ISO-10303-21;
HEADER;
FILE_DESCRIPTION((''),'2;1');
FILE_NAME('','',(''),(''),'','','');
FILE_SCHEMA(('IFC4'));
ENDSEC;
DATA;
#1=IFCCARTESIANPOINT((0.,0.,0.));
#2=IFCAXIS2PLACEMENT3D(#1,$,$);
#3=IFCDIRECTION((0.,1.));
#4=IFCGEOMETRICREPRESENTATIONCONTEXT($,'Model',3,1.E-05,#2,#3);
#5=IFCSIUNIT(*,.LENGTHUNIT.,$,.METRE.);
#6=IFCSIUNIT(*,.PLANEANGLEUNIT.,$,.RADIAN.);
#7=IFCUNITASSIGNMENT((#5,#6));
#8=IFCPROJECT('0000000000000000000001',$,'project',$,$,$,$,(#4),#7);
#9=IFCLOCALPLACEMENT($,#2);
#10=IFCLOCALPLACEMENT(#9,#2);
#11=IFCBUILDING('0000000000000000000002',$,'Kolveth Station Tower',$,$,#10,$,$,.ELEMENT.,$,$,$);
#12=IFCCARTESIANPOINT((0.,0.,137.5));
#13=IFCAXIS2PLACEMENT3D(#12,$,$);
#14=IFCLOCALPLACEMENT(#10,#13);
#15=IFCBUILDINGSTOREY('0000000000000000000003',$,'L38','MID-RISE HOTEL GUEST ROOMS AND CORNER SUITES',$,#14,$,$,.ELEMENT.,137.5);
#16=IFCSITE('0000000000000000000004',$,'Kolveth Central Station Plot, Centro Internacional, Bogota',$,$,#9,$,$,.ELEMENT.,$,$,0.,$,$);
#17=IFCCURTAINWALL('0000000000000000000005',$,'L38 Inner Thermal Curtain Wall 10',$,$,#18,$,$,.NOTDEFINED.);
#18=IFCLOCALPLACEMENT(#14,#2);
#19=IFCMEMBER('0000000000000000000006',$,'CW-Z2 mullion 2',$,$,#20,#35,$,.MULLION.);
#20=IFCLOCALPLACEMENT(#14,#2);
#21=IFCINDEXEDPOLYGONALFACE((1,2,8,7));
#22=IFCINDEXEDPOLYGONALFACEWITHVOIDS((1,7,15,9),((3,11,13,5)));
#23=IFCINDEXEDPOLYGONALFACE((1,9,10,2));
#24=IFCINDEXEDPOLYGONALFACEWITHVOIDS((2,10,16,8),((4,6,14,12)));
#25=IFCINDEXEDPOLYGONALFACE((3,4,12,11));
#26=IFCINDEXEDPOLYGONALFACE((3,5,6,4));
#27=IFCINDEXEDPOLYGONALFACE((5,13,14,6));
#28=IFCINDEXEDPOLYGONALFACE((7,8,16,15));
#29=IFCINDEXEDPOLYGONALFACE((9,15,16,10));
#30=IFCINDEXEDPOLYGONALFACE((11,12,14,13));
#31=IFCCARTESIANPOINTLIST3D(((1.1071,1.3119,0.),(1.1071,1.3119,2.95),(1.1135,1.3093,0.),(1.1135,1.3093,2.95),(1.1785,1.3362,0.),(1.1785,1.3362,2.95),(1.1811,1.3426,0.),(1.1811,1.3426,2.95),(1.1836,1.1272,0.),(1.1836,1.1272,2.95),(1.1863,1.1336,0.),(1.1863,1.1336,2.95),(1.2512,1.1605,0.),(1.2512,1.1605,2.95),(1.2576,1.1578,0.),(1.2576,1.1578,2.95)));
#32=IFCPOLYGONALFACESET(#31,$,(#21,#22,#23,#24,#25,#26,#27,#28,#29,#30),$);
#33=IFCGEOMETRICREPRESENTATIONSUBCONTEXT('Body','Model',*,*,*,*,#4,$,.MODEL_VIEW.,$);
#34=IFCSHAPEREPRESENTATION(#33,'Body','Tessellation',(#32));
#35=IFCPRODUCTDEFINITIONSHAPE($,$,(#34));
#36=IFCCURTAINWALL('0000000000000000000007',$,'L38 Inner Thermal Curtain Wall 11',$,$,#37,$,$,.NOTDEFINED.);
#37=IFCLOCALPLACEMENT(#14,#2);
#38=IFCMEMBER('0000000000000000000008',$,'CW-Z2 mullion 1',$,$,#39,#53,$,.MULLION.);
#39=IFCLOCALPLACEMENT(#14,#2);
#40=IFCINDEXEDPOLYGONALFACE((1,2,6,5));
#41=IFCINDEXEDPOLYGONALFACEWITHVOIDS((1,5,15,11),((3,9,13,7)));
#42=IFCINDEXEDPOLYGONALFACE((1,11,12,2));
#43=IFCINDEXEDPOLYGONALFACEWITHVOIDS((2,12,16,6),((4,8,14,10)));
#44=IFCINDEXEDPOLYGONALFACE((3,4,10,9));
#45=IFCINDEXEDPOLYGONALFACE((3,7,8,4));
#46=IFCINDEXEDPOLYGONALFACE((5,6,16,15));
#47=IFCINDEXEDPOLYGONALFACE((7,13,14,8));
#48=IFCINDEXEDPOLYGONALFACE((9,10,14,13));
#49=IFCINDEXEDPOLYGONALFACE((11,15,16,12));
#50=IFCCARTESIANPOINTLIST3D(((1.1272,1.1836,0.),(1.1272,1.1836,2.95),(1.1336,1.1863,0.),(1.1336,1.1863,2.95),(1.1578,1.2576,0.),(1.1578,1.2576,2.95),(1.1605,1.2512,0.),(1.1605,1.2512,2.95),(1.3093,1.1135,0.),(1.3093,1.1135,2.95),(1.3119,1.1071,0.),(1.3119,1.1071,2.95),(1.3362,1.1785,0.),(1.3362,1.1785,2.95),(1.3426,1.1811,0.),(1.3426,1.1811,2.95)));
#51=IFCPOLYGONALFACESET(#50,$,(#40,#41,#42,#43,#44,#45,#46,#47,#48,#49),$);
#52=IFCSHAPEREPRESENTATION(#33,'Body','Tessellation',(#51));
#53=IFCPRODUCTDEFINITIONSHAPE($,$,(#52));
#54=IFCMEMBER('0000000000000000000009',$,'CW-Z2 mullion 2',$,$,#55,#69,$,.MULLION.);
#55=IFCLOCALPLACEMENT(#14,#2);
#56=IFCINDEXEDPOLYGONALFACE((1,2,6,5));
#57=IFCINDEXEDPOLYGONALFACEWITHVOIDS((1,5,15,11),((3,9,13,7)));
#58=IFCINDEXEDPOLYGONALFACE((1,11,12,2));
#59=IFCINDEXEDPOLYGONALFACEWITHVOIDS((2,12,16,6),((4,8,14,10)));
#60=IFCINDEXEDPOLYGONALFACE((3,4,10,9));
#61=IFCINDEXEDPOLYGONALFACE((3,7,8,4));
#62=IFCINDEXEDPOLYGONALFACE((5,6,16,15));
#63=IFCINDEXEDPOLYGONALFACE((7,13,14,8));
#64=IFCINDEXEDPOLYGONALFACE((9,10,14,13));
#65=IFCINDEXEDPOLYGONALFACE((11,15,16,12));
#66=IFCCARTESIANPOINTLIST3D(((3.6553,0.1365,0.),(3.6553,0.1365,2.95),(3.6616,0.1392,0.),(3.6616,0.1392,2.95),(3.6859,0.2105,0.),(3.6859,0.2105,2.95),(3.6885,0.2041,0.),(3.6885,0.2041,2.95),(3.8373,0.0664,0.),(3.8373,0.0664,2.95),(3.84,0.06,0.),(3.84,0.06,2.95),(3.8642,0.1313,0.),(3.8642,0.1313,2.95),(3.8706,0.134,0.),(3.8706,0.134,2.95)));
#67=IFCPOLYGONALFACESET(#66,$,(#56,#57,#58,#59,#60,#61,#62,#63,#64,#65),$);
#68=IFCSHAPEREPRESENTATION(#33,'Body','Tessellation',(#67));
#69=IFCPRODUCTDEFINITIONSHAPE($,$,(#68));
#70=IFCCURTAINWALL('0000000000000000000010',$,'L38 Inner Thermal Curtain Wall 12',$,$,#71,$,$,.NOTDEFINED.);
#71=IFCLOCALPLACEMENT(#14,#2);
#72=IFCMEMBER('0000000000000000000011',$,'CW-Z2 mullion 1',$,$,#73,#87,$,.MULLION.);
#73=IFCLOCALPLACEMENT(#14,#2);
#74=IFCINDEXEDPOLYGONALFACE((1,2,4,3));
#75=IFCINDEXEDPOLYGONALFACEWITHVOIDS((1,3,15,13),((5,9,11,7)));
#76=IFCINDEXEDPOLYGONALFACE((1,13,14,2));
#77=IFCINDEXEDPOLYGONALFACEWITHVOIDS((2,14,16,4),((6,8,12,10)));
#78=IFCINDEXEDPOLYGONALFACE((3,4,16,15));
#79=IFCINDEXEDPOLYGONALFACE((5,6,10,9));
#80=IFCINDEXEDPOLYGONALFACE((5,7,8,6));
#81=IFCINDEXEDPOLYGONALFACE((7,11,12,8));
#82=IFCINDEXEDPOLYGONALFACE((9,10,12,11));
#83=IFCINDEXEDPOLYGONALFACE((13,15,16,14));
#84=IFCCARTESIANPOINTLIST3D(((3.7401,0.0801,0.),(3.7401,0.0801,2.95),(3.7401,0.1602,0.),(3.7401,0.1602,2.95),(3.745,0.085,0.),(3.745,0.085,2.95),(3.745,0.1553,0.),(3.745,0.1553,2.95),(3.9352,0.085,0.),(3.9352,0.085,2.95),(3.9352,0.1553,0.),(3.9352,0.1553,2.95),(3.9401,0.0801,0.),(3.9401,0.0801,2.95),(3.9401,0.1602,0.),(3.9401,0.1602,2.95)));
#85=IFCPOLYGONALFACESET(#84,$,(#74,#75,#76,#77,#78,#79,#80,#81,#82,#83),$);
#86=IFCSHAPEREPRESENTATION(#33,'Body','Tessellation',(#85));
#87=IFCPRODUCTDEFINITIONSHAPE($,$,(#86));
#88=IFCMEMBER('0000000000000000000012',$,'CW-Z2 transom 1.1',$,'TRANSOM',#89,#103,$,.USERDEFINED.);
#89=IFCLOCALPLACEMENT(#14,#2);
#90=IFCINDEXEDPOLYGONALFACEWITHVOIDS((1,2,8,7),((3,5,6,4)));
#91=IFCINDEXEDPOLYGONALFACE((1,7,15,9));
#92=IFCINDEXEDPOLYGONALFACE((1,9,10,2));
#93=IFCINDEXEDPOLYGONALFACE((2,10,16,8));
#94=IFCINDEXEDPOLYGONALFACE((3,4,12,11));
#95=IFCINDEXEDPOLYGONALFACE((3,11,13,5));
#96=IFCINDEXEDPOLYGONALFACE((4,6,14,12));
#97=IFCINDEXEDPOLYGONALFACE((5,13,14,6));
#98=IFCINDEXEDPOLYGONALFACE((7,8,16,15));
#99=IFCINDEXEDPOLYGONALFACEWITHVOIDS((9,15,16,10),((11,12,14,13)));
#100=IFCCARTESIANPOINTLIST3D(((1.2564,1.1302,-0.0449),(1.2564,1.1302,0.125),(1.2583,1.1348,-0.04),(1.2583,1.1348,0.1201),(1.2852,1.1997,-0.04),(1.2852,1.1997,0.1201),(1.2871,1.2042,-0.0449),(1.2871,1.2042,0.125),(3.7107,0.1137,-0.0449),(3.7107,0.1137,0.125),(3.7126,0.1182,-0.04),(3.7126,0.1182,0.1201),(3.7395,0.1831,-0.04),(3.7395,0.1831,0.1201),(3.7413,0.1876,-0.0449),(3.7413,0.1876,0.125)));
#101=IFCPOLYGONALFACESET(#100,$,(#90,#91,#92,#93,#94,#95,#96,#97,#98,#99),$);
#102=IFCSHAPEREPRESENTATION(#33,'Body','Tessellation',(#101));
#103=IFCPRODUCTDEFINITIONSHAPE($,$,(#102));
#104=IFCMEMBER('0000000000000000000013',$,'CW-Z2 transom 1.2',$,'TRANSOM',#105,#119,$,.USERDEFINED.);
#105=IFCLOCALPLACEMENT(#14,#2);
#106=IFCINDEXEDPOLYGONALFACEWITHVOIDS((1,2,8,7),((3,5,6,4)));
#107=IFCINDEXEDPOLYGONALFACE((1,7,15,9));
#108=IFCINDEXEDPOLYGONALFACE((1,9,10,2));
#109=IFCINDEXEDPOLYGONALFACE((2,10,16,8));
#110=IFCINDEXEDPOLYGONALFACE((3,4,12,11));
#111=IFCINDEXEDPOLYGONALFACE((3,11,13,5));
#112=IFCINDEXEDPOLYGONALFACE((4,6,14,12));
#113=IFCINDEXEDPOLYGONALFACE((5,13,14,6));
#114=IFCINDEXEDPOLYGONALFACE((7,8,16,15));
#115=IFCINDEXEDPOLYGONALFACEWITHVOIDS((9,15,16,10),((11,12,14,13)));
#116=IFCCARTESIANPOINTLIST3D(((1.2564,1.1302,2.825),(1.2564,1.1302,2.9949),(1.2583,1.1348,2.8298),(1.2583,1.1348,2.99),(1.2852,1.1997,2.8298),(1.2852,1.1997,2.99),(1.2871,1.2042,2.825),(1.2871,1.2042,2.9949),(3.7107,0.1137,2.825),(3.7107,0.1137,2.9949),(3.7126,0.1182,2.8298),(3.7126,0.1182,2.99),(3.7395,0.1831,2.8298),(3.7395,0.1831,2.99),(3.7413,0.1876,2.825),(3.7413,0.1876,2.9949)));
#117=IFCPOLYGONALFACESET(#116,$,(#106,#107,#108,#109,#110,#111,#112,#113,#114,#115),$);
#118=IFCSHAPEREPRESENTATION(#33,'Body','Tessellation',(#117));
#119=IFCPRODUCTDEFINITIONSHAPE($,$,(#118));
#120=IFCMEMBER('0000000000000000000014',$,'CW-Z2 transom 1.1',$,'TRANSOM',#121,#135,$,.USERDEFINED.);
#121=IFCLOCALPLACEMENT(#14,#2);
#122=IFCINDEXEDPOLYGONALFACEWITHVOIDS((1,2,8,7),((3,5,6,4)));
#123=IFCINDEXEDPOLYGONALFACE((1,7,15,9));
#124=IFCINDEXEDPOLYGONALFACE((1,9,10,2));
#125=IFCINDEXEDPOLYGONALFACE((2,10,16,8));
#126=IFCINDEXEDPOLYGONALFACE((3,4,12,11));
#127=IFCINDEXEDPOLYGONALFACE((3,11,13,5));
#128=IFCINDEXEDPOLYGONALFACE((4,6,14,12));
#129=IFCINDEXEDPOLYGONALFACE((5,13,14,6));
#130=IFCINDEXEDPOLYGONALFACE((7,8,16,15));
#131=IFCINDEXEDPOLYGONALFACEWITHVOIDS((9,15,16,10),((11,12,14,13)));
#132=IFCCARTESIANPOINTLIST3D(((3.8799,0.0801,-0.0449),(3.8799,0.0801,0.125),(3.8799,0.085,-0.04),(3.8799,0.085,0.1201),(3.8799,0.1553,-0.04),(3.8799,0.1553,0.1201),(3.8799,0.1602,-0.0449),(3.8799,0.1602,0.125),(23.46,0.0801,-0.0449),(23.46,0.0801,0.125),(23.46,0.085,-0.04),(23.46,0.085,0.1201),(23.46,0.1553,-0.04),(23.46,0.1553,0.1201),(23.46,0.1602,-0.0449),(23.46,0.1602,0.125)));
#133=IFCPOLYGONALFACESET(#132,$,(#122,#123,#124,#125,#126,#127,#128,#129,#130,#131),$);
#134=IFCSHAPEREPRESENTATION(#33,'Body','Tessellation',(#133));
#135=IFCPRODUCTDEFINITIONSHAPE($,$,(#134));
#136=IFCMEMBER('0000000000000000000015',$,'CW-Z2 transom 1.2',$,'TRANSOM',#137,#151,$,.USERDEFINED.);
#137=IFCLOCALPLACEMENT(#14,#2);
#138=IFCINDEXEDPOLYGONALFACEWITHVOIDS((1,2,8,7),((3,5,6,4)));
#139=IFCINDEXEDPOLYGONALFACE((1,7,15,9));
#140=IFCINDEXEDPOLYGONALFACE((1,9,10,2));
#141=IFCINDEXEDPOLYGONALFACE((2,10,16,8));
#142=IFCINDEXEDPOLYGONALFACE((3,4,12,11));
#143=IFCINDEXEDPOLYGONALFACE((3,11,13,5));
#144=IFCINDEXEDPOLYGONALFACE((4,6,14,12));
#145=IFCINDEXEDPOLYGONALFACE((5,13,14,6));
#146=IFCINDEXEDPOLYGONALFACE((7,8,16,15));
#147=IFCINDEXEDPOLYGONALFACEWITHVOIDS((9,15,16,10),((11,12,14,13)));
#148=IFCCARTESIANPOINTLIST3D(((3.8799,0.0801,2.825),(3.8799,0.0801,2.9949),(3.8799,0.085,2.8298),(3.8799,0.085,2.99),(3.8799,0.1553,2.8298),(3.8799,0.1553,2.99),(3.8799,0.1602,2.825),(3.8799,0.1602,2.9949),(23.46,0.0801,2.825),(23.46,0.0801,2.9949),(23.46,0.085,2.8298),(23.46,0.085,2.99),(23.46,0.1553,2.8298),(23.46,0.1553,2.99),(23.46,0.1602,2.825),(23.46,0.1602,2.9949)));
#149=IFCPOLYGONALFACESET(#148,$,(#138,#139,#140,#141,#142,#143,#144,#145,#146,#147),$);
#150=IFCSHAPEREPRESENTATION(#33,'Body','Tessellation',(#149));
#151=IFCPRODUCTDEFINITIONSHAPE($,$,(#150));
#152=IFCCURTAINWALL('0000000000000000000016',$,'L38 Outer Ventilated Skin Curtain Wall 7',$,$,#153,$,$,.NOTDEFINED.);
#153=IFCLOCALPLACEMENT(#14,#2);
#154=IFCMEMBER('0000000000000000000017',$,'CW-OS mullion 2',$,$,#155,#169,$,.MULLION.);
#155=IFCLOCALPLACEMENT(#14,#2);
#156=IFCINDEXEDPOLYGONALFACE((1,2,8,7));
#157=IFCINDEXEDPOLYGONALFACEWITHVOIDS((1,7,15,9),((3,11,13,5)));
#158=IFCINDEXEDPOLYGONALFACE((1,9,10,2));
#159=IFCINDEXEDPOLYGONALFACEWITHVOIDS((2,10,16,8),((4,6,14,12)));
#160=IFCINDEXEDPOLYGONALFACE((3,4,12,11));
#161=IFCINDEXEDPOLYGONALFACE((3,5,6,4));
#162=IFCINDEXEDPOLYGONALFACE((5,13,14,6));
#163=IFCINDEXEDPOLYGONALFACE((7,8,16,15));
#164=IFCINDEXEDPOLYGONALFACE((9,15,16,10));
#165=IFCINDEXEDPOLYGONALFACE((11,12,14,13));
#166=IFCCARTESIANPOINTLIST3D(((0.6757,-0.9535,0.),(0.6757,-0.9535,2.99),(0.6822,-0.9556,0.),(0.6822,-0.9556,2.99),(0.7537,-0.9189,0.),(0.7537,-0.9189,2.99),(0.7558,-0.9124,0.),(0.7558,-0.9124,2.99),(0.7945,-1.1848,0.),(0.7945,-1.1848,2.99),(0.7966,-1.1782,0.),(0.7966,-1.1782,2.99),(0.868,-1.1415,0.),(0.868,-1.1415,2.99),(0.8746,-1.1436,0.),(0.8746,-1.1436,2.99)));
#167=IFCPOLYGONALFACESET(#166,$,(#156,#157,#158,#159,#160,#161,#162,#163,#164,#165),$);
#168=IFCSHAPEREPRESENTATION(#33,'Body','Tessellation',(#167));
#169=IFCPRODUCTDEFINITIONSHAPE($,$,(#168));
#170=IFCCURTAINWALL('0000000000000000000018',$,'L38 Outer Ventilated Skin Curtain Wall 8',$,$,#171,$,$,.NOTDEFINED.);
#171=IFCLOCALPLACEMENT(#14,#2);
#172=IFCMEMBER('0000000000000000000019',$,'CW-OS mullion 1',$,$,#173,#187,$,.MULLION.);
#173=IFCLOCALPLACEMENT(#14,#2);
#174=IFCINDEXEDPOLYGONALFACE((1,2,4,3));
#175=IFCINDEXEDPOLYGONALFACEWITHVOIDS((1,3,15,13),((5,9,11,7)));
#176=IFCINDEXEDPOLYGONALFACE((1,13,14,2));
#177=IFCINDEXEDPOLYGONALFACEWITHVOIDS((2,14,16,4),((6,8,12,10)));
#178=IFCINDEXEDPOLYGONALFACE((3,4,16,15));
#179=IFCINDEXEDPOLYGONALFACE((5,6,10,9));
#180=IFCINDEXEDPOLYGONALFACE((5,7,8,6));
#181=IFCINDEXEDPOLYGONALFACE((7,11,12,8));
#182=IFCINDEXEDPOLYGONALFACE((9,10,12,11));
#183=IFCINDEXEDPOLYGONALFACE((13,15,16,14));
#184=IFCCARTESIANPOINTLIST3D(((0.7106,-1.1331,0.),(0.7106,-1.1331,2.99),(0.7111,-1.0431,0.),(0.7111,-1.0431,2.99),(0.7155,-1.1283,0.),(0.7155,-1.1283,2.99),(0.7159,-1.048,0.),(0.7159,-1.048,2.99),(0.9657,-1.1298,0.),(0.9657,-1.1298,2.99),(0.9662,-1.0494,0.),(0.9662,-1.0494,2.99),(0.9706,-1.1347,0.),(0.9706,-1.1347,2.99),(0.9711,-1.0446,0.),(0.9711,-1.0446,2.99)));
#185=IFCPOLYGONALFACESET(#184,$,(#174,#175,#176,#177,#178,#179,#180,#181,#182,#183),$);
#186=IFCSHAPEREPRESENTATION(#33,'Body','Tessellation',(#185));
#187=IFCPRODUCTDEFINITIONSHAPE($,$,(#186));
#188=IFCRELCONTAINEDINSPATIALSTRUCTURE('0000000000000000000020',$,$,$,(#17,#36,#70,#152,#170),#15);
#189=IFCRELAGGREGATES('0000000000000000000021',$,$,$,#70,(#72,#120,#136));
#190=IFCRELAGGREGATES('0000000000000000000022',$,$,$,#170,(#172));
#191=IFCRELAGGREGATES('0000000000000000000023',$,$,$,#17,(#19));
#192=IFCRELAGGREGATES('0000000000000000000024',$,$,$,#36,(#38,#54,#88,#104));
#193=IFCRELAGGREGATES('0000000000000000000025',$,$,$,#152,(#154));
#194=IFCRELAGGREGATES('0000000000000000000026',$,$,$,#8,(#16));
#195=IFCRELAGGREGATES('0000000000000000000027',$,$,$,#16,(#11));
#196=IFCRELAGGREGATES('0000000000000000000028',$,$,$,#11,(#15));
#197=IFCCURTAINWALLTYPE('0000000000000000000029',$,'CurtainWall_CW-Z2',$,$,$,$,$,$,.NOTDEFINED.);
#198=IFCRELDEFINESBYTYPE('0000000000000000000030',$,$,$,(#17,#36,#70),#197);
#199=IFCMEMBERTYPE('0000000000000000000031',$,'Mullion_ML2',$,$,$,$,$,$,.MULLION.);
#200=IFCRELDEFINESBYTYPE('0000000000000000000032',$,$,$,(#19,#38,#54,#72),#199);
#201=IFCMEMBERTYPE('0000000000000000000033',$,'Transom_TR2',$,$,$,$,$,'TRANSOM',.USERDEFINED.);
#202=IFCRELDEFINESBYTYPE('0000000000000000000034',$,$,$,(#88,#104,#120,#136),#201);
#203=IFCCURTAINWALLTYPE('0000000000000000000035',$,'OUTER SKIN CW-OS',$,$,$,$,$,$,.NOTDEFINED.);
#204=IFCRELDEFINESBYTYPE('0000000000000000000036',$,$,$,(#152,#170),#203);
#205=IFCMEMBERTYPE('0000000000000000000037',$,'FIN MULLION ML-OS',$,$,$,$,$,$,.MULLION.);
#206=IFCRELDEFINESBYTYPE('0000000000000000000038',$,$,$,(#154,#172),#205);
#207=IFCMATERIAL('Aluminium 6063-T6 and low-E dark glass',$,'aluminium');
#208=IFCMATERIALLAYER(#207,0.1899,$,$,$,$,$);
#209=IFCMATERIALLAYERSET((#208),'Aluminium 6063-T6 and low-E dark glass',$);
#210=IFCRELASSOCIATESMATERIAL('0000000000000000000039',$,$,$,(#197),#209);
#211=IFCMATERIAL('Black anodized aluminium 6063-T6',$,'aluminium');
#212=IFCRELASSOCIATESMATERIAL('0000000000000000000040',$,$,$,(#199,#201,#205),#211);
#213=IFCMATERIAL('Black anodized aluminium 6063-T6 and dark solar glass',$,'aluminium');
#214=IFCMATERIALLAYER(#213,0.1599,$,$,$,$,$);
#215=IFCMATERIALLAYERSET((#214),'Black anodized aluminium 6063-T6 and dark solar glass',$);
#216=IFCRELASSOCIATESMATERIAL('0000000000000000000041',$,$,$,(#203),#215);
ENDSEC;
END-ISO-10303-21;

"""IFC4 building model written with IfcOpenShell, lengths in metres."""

from ifc_helpers import new_model, si_unit, direction, frame, origin, origin_2d, place, context, subcontext, project, spatial, hollow_rectangle, extrude, source, transform, mapped, material, layer, layer_set, material_profile, profile_set, type_object, element, aggregate, save


model = new_model("IFC4")

# Units and contexts
model_context = context("Model", 3, precision=1e-05, world=origin(), true_north=direction((0.0, 1.0)))
body_context = subcontext(model_context, "Body", "Model", "MODEL_VIEW")
ifc_project = project(units=[si_unit("LENGTHUNIT", "METRE"), si_unit("PLANEANGLEUNIT", "RADIAN")], contexts=[model_context])

# Site, building, storey
site_placement = place(None, origin())
site = spatial("IfcSite", under=ifc_project, at=site_placement, Name="Kolveth Central Station Plot, Centro Internacional, Bogota", CompositionType="ELEMENT", RefElevation=0.0)
building_placement = place(site_placement, origin())
building = spatial("IfcBuilding", under=site, at=building_placement, Name="Kolveth Station Tower", CompositionType="ELEMENT")
storey_placement = place(building_placement, frame((0.0, 0.0, 137.5)))
storey = spatial("IfcBuildingStorey", under=building, at=storey_placement, Name="L38", Description="MID-RISE HOTEL GUEST ROOMS AND CORNER SUITES", CompositionType="ELEMENT", Elevation=137.5)

# Curtain wall, member
ifc_material_1 = material(Name="Aluminium 6063-T6 and low-E dark glass", Category="aluminium")
ifc_layer_1 = layer(ifc_material_1, 0.1899)
ifc_layer_set_1 = layer_set([ifc_layer_1], Name="Aluminium 6063-T6 and low-E dark glass")
curtain_wall_type_1 = type_object("IfcCurtainWallType", Name="CurtainWall_CW-Z2", PredefinedType="NOTDEFINED", material=ifc_layer_set_1)
curtain_wall_1_placement = place(storey_placement, origin())
curtain_wall_1 = element("IfcCurtainWall", 1, at=curtain_wall_1_placement, inside=storey, type_object=curtain_wall_type_1, Name="L38 Inner Thermal Curtain Wall 10", PredefinedType="NOTDEFINED")
ifc_material_2 = material(Name="Black anodized aluminium 6063-T6", Category="aluminium")
ifc_material_profile_1 = material_profile(ifc_material_2, hollow_rectangle(XDim=0.0801, YDim=0.2, WallThickness=0.0049, at=origin_2d()), Name="ALU-80x200x5")
ifc_profile_set_1 = profile_set([ifc_material_profile_1], Name="Black anodized aluminium 6063-T6")
member_type_1 = type_object("IfcMemberType", Name="Mullion_ML2", PredefinedType="MULLION", material=ifc_profile_set_1)
shared_shape_1 = source(origin(), body_context, "Body", "SweptSolid", [
    extrude(hollow_rectangle(XDim=0.0801, YDim=0.2, WallThickness=0.0049, at=origin_2d()), origin(), (0.0, 0.0, 1.0), 2.95),
])
member_1_placement = place(storey_placement, frame((1.1824, 1.2349, 0.0), z_axis=(0.0, 0.0, 1.0), x_axis=(0.923888, 0.382663, 0.0)))
member_1 = element("IfcMember", 2, at=member_1_placement, type_object=member_type_1, Name="CW-Z2 mullion 2", PredefinedType="MULLION", context=body_context, shape_type="MappedRepresentation", body=[
    mapped(shared_shape_1, transform((0.0, 0.0, 0.0), x_axis=(1.0, 0.0, 0.0), y_axis=(0.0, 1.0, 0.0), z_axis=(0.0, 0.0, 1.0), scale=1.0)),
])

# Curtain wall, members
curtain_wall_2_placement = place(storey_placement, origin())
curtain_wall_2 = element("IfcCurtainWall", 3, at=curtain_wall_2_placement, inside=storey, type_object=curtain_wall_type_1, Name="L38 Inner Thermal Curtain Wall 11", PredefinedType="NOTDEFINED")
member_2_placement = place(storey_placement, frame((1.2349, 1.1824, 0.0), z_axis=(0.0, 0.0, 1.0), x_axis=(0.382663, 0.923888, 0.0)))
member_2 = element("IfcMember", 4, at=member_2_placement, type_object=member_type_1, Name="CW-Z2 mullion 1", PredefinedType="MULLION", context=body_context, shape_type="MappedRepresentation", body=[
    mapped(shared_shape_1, transform((0.0, 0.0, 0.0), x_axis=(1.0, 0.0, 0.0), y_axis=(0.0, 1.0, 0.0), z_axis=(0.0, 0.0, 1.0), scale=1.0)),
])
member_3_placement = place(storey_placement, frame((3.7629, 0.1353, 0.0), z_axis=(0.0, 0.0, 1.0), x_axis=(0.382663, 0.923888, 0.0)))
member_3 = element("IfcMember", 5, at=member_3_placement, type_object=member_type_1, Name="CW-Z2 mullion 2", PredefinedType="MULLION", context=body_context, shape_type="MappedRepresentation", body=[
    mapped(shared_shape_1, transform((0.0, 0.0, 0.0), x_axis=(1.0, 0.0, 0.0), y_axis=(0.0, 1.0, 0.0), z_axis=(0.0, 0.0, 1.0), scale=1.0)),
])

# Curtain wall, member
curtain_wall_3_placement = place(storey_placement, origin())
curtain_wall_3 = element("IfcCurtainWall", 6, at=curtain_wall_3_placement, inside=storey, type_object=curtain_wall_type_1, Name="L38 Inner Thermal Curtain Wall 12", PredefinedType="NOTDEFINED")
member_4_placement = place(storey_placement, frame((3.8401, 0.1201, 0.0), z_axis=(0.0, 0.0, 1.0), x_axis=(0.0, 1.0, 0.0)))
member_4 = element("IfcMember", 7, at=member_4_placement, type_object=member_type_1, Name="CW-Z2 mullion 1", PredefinedType="MULLION", context=body_context, shape_type="MappedRepresentation", body=[
    mapped(shared_shape_1, transform((0.0, 0.0, 0.0), x_axis=(1.0, 0.0, 0.0), y_axis=(0.0, 1.0, 0.0), z_axis=(0.0, 0.0, 1.0), scale=1.0)),
])

# Members
ifc_material_profile_2 = material_profile(ifc_material_2, hollow_rectangle(XDim=0.0801, YDim=0.1699, WallThickness=0.0049, at=origin_2d()), Name="ALU-80x170x5")
ifc_profile_set_2 = profile_set([ifc_material_profile_2], Name="Black anodized aluminium 6063-T6")
member_type_2 = type_object("IfcMemberType", Name="Transom_TR2", ElementType="TRANSOM", PredefinedType="USERDEFINED", material=ifc_profile_set_2)
shared_shape_2 = source(origin(), body_context, "Body", "SweptSolid", [
    extrude(hollow_rectangle(XDim=0.0801, YDim=0.1699, WallThickness=0.0049, at=origin_2d()), origin(), (0.0, 0.0, 1.0), 2.6565),
])
member_5_placement = place(storey_placement, frame((1.2717, 1.1672, 0.04), z_axis=(0.923882, -0.382676, 0.0), x_axis=(0.382676, 0.923882, 0.0)))
member_5 = element("IfcMember", 8, at=member_5_placement, type_object=member_type_2, Name="CW-Z2 transom 1.1", ObjectType="TRANSOM", PredefinedType="USERDEFINED", context=body_context, shape_type="MappedRepresentation", body=[
    mapped(shared_shape_2, transform((0.0, 0.0, 0.0), x_axis=(1.0, 0.0, 0.0), y_axis=(0.0, 1.0, 0.0), z_axis=(0.0, 0.0, 1.0), scale=1.0)),
])
member_6_placement = place(storey_placement, frame((1.2717, 1.1672, 2.9099), z_axis=(0.923882, -0.382676, 0.0), x_axis=(0.382676, 0.923882, 0.0)))
member_6 = element("IfcMember", 9, at=member_6_placement, type_object=member_type_2, Name="CW-Z2 transom 1.2", ObjectType="TRANSOM", PredefinedType="USERDEFINED", context=body_context, shape_type="MappedRepresentation", body=[
    mapped(shared_shape_2, transform((0.0, 0.0, 0.0), x_axis=(1.0, 0.0, 0.0), y_axis=(0.0, 1.0, 0.0), z_axis=(0.0, 0.0, 1.0), scale=1.0)),
])
shared_shape_3 = source(origin(), body_context, "Body", "SweptSolid", [
    extrude(hollow_rectangle(XDim=0.0801, YDim=0.1699, WallThickness=0.0049, at=origin_2d()), origin(), (0.0, 0.0, 1.0), 19.5801),
])
member_7_placement = place(storey_placement, frame((3.8799, 0.1201, 0.04), z_axis=(1.0, 0.0, 0.0), x_axis=(0.0, 1.0, 0.0)))
member_7 = element("IfcMember", 10, at=member_7_placement, type_object=member_type_2, Name="CW-Z2 transom 1.1", ObjectType="TRANSOM", PredefinedType="USERDEFINED", context=body_context, shape_type="MappedRepresentation", body=[
    mapped(shared_shape_3, transform((0.0, 0.0, 0.0), x_axis=(1.0, 0.0, 0.0), y_axis=(0.0, 1.0, 0.0), z_axis=(0.0, 0.0, 1.0), scale=1.0)),
])
member_8_placement = place(storey_placement, frame((3.8799, 0.1201, 2.9099), z_axis=(1.0, 0.0, 0.0), x_axis=(0.0, 1.0, 0.0)))
member_8 = element("IfcMember", 11, at=member_8_placement, type_object=member_type_2, Name="CW-Z2 transom 1.2", ObjectType="TRANSOM", PredefinedType="USERDEFINED", context=body_context, shape_type="MappedRepresentation", body=[
    mapped(shared_shape_3, transform((0.0, 0.0, 0.0), x_axis=(1.0, 0.0, 0.0), y_axis=(0.0, 1.0, 0.0), z_axis=(0.0, 0.0, 1.0), scale=1.0)),
])
aggregate(curtain_wall_3, [member_4, member_7, member_8])

# Curtain walls, members
ifc_material_3 = material(Name="Black anodized aluminium 6063-T6 and dark solar glass", Category="aluminium")
ifc_layer_2 = layer(ifc_material_3, 0.1599)
ifc_layer_set_2 = layer_set([ifc_layer_2], Name="Black anodized aluminium 6063-T6 and dark solar glass")
curtain_wall_type_2 = type_object("IfcCurtainWallType", Name="OUTER SKIN CW-OS", PredefinedType="NOTDEFINED", material=ifc_layer_set_2)
curtain_wall_4_placement = place(storey_placement, origin())
curtain_wall_4 = element("IfcCurtainWall", 12, at=curtain_wall_4_placement, inside=storey, type_object=curtain_wall_type_2, Name="L38 Outer Ventilated Skin Curtain Wall 7", PredefinedType="NOTDEFINED")
ifc_material_profile_3 = material_profile(ifc_material_2, hollow_rectangle(XDim=0.0901, YDim=0.26, WallThickness=0.0049, at=origin_2d()), Name="ALU-90x260x5")
ifc_profile_set_3 = profile_set([ifc_material_profile_3], Name="Black anodized aluminium 6063-T6")
member_type_3 = type_object("IfcMemberType", Name="FIN MULLION ML-OS", PredefinedType="MULLION", material=ifc_profile_set_3)
shared_shape_4 = source(origin(), body_context, "Body", "SweptSolid", [
    extrude(hollow_rectangle(XDim=0.0901, YDim=0.26, WallThickness=0.0049, at=origin_2d()), origin(), (0.0, 0.0, 1.0), 2.99),
])
member_9_placement = place(storey_placement, frame((0.7751, -1.0486, 0.0), z_axis=(0.0, 0.0, 1.0), x_axis=(0.889466, 0.457001, 0.0)))
member_9 = element("IfcMember", 13, at=member_9_placement, type_object=member_type_3, Name="CW-OS mullion 2", PredefinedType="MULLION", context=body_context, shape_type="MappedRepresentation", body=[
    mapped(shared_shape_4, transform((0.0, 0.0, 0.0), x_axis=(1.0, 0.0, 0.0), y_axis=(0.0, 1.0, 0.0), z_axis=(0.0, 0.0, 1.0), scale=1.0)),
])
curtain_wall_5_placement = place(storey_placement, origin())
curtain_wall_5 = element("IfcCurtainWall", 14, at=curtain_wall_5_placement, inside=storey, type_object=curtain_wall_type_2, Name="L38 Outer Ventilated Skin Curtain Wall 8", PredefinedType="NOTDEFINED")
member_10_placement = place(storey_placement, frame((0.8408, -1.0889, 0.0), z_axis=(0.0, 0.0, 1.0), x_axis=(0.005902, 0.999983, 0.0)))
member_10 = element("IfcMember", 15, at=member_10_placement, type_object=member_type_3, Name="CW-OS mullion 1", PredefinedType="MULLION", context=body_context, shape_type="MappedRepresentation", body=[
    mapped(shared_shape_4, transform((0.0, 0.0, 0.0), x_axis=(1.0, 0.0, 0.0), y_axis=(0.0, 1.0, 0.0), z_axis=(0.0, 0.0, 1.0), scale=1.0)),
])

aggregate(curtain_wall_5, [member_10])

aggregate(curtain_wall_1, [member_1])
aggregate(curtain_wall_2, [member_2, member_3, member_5, member_6])
aggregate(curtain_wall_4, [member_9])

save(model, "model.ifc")
